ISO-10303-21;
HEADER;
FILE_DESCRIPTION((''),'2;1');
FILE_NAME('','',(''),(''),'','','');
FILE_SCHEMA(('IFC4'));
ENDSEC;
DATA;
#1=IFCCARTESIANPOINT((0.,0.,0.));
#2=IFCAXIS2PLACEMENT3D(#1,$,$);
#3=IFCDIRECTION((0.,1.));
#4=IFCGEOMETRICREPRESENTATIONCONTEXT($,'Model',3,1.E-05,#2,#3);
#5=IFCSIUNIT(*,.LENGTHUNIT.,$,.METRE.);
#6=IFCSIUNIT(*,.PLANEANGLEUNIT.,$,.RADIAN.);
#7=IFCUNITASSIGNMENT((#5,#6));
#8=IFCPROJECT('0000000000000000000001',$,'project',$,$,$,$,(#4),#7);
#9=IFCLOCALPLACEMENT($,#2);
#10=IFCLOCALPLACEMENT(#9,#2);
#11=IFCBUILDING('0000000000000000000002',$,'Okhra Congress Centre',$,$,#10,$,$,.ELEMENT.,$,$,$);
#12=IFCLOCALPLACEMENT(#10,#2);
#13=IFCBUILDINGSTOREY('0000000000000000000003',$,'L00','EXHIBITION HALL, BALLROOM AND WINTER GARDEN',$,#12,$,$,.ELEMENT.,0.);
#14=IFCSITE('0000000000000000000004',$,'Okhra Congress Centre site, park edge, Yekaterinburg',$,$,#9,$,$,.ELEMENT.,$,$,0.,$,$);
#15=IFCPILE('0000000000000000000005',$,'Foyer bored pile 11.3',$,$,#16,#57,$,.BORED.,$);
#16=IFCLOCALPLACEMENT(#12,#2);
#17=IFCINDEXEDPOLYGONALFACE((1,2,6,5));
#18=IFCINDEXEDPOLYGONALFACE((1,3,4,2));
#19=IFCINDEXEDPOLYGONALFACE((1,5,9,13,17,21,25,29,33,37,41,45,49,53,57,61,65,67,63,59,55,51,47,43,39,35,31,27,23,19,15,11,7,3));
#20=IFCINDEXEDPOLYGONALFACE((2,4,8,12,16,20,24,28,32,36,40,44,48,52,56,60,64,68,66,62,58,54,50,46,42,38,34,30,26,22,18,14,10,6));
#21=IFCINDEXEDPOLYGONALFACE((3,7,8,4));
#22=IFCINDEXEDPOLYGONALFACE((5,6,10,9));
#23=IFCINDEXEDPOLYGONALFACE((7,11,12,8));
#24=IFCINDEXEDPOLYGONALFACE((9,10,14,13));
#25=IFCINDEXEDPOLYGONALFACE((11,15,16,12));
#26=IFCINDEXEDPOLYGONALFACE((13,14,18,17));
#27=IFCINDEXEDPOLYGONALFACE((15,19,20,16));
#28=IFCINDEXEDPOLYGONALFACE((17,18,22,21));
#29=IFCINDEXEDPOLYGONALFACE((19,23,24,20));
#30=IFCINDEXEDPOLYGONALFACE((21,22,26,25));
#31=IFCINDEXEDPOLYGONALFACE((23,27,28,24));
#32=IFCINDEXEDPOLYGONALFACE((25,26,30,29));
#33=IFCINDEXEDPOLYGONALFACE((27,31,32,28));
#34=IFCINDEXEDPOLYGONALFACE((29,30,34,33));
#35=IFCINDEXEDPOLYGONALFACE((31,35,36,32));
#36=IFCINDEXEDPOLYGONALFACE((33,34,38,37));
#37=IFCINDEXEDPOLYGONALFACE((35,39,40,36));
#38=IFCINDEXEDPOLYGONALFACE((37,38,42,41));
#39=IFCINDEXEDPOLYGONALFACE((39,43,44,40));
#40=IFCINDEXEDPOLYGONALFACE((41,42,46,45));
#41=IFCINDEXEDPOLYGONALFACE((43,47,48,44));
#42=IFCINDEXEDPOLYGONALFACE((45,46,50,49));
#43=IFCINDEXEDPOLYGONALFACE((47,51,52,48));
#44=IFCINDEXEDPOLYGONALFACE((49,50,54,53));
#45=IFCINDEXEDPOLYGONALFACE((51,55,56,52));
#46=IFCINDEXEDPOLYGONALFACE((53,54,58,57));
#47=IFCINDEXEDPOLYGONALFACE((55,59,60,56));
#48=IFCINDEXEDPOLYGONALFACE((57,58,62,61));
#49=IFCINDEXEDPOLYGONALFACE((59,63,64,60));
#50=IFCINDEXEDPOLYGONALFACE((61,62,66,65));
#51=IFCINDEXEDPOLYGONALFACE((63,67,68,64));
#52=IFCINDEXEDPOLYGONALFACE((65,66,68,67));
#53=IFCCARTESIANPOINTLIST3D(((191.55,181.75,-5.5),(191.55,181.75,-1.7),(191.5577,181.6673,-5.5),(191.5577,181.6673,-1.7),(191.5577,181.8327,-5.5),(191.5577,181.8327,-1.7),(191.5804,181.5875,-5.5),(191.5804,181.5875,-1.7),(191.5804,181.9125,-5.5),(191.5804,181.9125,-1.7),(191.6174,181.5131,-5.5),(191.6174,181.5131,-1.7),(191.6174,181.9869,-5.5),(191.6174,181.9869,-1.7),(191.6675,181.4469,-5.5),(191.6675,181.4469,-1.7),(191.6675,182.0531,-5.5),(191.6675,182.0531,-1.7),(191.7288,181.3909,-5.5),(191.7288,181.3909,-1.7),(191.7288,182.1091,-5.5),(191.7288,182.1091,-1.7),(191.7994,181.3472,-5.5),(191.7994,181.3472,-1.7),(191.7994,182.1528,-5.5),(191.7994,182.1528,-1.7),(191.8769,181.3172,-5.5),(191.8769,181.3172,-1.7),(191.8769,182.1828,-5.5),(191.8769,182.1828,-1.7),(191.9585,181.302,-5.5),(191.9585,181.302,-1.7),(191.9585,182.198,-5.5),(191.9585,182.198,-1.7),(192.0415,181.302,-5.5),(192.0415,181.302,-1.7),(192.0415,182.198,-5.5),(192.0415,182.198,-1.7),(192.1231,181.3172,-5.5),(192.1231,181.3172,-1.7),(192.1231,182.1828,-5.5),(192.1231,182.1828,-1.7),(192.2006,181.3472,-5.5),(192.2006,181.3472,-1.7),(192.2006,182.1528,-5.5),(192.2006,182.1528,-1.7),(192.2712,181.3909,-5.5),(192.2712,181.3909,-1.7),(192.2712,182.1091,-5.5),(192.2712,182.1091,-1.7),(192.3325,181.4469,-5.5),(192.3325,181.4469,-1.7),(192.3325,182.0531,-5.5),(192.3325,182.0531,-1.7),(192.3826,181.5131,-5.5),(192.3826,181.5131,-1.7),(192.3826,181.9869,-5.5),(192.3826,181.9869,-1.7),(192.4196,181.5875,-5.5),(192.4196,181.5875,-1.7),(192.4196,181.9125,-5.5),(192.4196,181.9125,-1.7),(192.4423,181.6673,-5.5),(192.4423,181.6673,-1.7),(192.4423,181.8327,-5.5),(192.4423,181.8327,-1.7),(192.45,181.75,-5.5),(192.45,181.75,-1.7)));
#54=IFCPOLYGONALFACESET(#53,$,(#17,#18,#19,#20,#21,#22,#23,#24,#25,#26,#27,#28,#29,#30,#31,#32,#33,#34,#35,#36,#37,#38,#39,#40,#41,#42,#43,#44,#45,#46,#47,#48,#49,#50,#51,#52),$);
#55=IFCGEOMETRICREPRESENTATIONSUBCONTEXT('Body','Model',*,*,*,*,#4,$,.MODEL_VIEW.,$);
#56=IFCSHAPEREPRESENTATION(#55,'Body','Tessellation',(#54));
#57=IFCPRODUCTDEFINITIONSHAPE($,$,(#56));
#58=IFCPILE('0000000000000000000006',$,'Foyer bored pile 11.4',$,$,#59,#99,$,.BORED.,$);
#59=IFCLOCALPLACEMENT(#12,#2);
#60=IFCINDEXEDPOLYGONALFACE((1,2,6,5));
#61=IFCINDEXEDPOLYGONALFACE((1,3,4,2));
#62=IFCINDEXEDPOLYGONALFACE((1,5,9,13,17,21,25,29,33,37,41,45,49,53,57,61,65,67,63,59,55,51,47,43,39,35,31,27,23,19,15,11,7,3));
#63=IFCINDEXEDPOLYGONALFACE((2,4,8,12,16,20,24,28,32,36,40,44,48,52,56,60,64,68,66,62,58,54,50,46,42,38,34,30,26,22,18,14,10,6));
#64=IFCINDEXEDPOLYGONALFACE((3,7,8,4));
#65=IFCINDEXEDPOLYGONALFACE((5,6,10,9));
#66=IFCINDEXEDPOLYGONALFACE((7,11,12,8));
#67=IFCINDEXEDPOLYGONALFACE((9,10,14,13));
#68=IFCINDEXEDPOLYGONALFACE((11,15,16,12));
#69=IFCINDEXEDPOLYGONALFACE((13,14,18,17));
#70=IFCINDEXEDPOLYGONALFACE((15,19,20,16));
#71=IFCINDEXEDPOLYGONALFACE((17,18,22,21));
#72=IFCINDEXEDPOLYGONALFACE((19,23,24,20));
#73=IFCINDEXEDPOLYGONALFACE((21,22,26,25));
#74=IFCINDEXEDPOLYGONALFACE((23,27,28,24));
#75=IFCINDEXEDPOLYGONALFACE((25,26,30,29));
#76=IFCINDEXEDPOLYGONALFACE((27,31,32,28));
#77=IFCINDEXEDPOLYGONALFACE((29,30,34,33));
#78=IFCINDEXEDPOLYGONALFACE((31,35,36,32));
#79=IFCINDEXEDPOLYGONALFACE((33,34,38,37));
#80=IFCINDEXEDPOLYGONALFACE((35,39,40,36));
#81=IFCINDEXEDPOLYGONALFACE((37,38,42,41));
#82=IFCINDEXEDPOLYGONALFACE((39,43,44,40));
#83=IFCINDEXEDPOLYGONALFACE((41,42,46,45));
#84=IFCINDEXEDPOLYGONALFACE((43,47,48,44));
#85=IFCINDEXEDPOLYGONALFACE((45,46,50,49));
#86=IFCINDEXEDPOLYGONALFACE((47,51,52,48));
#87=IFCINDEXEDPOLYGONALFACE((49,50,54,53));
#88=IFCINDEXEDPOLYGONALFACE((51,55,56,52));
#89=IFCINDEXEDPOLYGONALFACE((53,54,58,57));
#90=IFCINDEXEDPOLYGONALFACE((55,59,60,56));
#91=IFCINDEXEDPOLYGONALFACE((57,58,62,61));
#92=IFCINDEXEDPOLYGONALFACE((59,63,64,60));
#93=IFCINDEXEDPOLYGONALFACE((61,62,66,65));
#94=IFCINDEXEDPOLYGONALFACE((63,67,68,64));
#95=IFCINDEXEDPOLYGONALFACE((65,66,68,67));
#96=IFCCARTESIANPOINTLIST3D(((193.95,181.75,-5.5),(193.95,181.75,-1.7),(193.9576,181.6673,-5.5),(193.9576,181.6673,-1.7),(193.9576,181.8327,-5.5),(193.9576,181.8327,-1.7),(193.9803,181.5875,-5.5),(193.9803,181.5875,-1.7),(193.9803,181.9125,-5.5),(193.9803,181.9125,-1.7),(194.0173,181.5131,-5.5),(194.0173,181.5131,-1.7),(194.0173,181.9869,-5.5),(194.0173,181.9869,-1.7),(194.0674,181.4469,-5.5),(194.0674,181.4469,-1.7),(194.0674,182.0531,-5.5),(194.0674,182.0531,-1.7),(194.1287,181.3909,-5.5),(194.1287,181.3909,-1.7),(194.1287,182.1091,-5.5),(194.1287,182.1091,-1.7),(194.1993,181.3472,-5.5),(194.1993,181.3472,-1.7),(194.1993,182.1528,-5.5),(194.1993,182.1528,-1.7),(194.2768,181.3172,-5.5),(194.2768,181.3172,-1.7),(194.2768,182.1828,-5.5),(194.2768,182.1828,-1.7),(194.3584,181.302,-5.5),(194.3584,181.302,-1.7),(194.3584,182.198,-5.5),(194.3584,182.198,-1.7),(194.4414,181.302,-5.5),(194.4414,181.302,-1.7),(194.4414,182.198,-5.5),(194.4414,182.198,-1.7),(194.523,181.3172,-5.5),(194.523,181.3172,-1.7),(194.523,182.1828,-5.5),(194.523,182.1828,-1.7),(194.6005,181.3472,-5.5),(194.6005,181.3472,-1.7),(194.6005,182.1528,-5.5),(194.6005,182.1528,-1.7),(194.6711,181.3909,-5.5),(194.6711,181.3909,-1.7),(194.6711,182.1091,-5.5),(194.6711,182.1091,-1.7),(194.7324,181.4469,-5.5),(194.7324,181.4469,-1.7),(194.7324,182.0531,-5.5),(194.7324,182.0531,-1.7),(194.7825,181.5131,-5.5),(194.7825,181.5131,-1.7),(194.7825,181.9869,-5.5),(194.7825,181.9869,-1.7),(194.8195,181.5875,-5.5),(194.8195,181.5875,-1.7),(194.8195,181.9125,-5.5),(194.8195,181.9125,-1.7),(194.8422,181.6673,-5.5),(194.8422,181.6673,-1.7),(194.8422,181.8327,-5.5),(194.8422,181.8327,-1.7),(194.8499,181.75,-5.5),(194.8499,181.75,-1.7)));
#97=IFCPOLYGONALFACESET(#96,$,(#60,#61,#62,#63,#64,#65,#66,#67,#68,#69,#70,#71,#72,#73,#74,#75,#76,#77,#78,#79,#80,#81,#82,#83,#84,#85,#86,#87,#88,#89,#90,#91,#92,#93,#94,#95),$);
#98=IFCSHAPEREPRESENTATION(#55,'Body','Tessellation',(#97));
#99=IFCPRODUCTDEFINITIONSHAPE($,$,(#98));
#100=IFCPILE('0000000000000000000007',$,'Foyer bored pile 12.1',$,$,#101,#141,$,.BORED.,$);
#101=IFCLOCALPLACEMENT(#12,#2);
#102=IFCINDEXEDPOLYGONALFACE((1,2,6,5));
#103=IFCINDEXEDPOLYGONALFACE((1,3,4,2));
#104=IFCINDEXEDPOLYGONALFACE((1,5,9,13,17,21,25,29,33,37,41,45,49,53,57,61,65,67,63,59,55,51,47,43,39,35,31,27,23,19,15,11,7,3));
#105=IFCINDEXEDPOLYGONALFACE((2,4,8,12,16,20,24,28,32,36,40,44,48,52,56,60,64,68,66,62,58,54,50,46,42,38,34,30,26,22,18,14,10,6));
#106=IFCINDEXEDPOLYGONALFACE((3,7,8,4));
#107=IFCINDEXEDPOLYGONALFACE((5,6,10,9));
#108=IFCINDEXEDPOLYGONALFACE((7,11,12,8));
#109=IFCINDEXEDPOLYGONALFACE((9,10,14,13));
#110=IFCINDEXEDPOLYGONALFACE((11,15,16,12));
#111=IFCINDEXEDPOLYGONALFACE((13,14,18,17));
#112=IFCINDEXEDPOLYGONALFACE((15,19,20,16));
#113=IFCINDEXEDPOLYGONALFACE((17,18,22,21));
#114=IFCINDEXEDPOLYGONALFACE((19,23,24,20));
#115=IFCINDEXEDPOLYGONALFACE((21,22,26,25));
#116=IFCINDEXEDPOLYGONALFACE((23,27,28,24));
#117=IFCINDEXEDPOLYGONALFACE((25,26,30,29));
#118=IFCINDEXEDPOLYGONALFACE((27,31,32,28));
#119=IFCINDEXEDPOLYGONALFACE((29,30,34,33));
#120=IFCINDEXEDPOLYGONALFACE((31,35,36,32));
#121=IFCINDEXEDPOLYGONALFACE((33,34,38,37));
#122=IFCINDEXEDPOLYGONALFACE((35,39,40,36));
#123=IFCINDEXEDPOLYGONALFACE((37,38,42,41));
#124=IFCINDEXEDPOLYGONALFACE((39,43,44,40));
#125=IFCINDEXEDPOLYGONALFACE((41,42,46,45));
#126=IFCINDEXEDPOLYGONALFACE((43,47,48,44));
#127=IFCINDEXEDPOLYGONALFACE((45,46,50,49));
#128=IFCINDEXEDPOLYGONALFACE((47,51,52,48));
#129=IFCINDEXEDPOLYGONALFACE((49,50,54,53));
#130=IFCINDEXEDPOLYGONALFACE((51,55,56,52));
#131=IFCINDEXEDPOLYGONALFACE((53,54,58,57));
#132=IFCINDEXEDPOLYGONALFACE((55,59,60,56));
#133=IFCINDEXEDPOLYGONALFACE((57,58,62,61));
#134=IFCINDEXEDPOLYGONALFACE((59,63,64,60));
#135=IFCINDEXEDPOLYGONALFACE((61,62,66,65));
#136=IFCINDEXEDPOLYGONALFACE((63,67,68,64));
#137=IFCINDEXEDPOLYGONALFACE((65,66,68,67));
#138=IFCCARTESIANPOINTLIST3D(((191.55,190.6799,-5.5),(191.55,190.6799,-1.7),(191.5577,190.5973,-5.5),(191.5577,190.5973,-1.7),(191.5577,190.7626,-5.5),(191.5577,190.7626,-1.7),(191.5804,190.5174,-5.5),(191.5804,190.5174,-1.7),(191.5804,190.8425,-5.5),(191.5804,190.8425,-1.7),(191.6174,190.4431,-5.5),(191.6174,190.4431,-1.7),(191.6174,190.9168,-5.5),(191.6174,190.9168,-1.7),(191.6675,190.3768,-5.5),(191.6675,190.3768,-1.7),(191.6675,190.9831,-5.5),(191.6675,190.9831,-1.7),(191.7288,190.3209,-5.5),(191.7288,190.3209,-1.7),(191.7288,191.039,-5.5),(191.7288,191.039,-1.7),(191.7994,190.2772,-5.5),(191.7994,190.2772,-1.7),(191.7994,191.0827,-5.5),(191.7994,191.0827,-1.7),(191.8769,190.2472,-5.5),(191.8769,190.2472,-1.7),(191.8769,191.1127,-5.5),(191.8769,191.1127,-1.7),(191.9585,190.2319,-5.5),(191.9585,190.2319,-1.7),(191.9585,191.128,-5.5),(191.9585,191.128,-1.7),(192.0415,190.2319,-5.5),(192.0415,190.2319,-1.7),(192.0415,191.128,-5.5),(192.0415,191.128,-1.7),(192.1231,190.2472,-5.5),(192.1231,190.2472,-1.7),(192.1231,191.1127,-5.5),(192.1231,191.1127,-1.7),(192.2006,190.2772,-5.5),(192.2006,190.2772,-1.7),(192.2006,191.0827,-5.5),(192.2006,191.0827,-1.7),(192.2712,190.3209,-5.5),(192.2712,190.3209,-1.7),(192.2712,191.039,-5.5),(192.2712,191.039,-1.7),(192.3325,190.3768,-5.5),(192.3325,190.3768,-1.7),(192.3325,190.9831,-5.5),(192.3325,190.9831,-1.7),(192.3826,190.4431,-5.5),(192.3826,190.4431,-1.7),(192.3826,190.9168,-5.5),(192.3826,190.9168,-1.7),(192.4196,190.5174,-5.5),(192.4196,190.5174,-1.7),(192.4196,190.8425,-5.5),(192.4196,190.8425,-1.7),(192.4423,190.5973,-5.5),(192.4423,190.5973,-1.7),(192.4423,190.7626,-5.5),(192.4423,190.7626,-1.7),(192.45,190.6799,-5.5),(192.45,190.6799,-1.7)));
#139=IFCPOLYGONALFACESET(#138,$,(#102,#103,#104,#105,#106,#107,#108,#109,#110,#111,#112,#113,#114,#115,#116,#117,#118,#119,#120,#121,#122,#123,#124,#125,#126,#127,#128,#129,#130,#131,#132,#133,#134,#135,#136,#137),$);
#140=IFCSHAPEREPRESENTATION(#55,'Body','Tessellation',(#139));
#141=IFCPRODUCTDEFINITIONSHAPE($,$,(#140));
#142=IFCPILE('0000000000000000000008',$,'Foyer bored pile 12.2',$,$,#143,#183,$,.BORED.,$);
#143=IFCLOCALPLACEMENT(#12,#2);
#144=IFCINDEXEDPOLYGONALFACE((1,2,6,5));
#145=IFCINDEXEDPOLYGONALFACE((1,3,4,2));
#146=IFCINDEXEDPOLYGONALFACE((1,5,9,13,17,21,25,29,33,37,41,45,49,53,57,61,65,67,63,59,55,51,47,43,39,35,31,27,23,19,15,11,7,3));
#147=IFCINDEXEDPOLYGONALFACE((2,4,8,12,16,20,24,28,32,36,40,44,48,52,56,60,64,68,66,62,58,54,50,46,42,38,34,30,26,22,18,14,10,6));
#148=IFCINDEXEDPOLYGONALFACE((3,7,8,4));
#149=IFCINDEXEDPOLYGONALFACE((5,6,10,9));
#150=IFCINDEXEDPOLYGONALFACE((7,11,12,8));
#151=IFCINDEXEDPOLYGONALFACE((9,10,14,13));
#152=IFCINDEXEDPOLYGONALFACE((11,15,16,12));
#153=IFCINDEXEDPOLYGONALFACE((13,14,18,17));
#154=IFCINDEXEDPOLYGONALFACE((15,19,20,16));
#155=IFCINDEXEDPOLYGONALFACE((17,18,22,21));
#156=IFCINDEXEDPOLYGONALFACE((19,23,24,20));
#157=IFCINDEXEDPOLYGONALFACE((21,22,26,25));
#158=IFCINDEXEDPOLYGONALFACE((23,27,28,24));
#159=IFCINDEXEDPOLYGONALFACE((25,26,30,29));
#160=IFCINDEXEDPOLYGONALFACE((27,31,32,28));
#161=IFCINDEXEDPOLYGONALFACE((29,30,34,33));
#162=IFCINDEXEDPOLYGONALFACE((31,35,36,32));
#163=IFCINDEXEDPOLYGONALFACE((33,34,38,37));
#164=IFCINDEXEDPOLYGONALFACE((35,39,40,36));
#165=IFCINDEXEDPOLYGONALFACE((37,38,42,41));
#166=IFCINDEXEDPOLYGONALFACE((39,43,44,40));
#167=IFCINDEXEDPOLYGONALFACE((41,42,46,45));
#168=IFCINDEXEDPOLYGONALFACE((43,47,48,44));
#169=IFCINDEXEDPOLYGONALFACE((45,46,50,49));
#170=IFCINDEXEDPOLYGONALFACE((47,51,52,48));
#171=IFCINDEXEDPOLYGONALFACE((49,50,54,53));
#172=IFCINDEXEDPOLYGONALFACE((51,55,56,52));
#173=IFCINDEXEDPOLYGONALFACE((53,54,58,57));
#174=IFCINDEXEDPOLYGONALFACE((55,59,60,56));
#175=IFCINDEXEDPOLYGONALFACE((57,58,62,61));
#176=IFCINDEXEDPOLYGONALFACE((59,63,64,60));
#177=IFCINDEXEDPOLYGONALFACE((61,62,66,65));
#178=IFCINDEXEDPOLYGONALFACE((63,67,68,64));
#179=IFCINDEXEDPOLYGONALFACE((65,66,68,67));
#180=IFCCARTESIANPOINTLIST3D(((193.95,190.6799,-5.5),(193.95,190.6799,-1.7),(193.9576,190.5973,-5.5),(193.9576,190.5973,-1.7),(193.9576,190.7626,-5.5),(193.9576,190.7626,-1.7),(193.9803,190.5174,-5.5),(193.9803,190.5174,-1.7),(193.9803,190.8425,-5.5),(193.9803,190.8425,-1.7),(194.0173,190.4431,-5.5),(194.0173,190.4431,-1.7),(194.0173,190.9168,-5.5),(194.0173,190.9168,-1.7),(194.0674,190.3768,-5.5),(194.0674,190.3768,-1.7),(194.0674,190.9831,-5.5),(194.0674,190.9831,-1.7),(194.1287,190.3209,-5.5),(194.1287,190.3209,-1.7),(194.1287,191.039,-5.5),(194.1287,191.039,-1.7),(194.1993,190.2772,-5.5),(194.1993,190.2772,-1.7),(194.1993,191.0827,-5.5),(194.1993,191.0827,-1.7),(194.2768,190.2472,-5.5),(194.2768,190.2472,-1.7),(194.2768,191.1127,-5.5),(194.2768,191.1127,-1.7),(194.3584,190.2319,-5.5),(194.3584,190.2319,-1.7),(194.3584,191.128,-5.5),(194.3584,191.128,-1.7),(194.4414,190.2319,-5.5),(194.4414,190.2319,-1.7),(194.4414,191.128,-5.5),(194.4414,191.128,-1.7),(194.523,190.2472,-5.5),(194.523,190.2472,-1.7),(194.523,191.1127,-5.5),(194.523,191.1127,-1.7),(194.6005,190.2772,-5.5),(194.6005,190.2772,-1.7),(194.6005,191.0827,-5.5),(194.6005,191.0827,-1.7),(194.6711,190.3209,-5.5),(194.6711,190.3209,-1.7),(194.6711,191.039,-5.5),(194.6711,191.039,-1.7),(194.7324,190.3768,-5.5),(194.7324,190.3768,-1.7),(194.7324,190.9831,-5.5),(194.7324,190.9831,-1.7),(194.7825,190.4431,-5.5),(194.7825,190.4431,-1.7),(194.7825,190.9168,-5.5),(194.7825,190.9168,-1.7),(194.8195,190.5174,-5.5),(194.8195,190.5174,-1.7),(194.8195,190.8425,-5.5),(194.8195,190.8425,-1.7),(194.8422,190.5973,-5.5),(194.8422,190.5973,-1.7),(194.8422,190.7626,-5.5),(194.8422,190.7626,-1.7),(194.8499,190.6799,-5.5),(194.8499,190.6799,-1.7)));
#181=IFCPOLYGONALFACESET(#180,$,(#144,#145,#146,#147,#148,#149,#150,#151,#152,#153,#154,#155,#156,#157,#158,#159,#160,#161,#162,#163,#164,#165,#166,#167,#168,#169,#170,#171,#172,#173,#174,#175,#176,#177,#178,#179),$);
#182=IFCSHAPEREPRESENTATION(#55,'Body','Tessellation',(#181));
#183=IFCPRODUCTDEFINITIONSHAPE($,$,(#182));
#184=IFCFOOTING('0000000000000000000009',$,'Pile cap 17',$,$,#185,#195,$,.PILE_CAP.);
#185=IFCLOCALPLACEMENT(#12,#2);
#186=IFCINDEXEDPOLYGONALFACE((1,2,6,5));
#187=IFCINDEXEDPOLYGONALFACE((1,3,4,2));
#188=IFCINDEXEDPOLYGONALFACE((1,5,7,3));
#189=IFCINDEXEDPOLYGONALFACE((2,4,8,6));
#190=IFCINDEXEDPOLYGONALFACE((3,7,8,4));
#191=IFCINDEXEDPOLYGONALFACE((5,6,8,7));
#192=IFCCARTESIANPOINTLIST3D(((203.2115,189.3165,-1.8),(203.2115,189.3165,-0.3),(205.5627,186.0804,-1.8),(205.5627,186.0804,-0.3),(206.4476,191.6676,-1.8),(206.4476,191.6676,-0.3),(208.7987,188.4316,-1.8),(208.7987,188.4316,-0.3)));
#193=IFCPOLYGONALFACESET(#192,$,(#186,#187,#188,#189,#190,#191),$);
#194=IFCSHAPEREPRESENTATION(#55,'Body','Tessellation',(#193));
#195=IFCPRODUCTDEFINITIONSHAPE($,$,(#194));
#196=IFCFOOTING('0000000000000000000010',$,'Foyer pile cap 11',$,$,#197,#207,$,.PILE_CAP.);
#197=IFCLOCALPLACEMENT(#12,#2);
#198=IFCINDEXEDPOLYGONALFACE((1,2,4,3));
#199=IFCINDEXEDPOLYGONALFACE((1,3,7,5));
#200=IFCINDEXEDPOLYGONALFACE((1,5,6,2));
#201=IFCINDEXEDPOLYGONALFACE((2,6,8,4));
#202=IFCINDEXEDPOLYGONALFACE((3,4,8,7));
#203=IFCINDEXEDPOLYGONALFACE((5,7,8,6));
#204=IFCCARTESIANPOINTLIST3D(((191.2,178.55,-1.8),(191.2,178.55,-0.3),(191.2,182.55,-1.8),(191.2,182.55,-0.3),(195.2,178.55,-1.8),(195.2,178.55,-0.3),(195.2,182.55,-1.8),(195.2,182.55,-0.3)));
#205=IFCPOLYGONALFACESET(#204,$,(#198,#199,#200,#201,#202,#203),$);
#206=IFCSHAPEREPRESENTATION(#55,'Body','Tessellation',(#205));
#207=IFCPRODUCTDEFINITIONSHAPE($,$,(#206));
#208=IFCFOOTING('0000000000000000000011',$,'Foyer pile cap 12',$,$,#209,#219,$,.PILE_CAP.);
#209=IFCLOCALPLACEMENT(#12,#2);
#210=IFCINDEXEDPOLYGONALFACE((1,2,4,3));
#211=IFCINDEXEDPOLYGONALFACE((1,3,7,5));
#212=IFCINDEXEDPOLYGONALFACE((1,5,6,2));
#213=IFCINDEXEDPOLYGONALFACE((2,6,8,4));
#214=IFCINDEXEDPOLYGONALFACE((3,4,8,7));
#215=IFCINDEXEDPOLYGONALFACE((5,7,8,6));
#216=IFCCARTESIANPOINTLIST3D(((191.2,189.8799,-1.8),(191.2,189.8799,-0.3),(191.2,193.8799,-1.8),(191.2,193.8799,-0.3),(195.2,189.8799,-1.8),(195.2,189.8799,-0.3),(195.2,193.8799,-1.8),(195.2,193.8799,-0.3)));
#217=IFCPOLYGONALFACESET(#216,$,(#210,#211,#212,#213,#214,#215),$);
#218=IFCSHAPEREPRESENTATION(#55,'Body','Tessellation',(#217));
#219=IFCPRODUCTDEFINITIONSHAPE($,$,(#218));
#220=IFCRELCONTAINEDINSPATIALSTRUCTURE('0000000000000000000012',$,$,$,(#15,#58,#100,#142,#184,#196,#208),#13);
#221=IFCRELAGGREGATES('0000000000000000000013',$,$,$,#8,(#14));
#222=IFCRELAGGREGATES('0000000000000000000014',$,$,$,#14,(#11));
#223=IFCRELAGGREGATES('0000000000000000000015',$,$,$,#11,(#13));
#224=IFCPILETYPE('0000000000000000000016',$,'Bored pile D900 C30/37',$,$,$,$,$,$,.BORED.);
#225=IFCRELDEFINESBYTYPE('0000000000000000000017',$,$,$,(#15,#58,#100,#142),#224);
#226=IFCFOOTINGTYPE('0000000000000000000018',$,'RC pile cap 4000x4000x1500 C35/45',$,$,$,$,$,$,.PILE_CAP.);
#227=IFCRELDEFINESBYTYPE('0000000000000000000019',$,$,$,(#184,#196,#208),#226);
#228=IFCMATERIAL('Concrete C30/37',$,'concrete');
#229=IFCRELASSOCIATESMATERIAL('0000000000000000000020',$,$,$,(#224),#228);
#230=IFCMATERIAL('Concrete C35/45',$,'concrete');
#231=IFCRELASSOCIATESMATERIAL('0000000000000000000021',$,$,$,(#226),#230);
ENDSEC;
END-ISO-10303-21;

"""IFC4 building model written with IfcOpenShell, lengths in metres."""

from ifc_helpers import new_model, si_unit, direction, frame, origin, origin_2d, place, context, subcontext, project, spatial, rectangle, circle, extrude, material, material_profile, profile_set, type_object, element, save


model = new_model("IFC4")

# Units and contexts
model_context = context("Model", 3, precision=1e-05, world=origin(), true_north=direction((0.0, 1.0)))
body_context = subcontext(model_context, "Body", "Model", "MODEL_VIEW")
ifc_project = project(units=[si_unit("LENGTHUNIT", "METRE"), si_unit("PLANEANGLEUNIT", "RADIAN")], contexts=[model_context])

# Site, building, storey
site_placement = place(None, origin())
site = spatial("IfcSite", under=ifc_project, at=site_placement, Name="Okhra Congress Centre site, park edge, Yekaterinburg", CompositionType="ELEMENT", RefElevation=0.0)
building_placement = place(site_placement, origin())
building = spatial("IfcBuilding", under=site, at=building_placement, Name="Okhra Congress Centre", CompositionType="ELEMENT")
storey_placement = place(building_placement, origin())
storey = spatial("IfcBuildingStorey", under=building, at=storey_placement, Name="L00", Description="EXHIBITION HALL, BALLROOM AND WINTER GARDEN", CompositionType="ELEMENT", Elevation=0.0)

# Piles
ifc_material_1 = material(Name="Concrete C30/37", Category="concrete")
ifc_material_profile_1 = material_profile(ifc_material_1, circle(Radius=0.45, at=origin_2d()), Name="D900")
ifc_profile_set_1 = profile_set([ifc_material_profile_1], Name="Concrete C30/37")
pile_type = type_object("IfcPileType", Name="Bored pile D900 C30/37", PredefinedType="BORED", material=ifc_profile_set_1)
for number, where, z_axis, x_axis, name in (
    (1, (192.0, 181.75, -1.7), (0.0, 0.0, -1.0), (1.0, 0.0, 0.0), "Foyer bored pile 11.3"),
    (2, (194.3999, 181.75, -1.7), (0.0, 0.0, -1.0), (1.0, 0.0, 0.0), "Foyer bored pile 11.4"),
    (3, (192.0, 190.6799, -1.7), (0.0, 0.0, -1.0), (1.0, 0.0, 0.0), "Foyer bored pile 12.1"),
    (4, (194.3999, 190.6799, -1.7), (0.0, 0.0, -1.0), (1.0, 0.0, 0.0), "Foyer bored pile 12.2"),
):
    element("IfcPile", number, at=place(storey_placement, frame(where, z_axis=z_axis, x_axis=x_axis)), inside=storey, type_object=pile_type, Name=name, PredefinedType="BORED", context=body_context, shape_type="SweptSolid", body=[
        extrude(circle(Radius=0.45, at=origin_2d()), origin(), (0.0, 0.0, 1.0), 3.8),
    ])

# Footings
ifc_material_2 = material(Name="Concrete C35/45", Category="concrete")
footing_type = type_object("IfcFootingType", Name="RC pile cap 4000x4000x1500 C35/45", PredefinedType="PILE_CAP", material=ifc_material_2)
for number, where, z_axis, x_axis, name in (
    (5, (206.0051, 188.874, -1.8), (0.0, 0.0, 1.0), (0.809017, 0.587785, 0.0), "Pile cap 17"),
    (6, (193.2, 180.55, -1.8), (0.0, 0.0, 1.0), (1.0, 0.0, 0.0), "Foyer pile cap 11"),
    (7, (193.2, 191.8799, -1.8), (0.0, 0.0, 1.0), (1.0, 0.0, 0.0), "Foyer pile cap 12"),
):
    element("IfcFooting", number, at=place(storey_placement, frame(where, z_axis=z_axis, x_axis=x_axis)), inside=storey, type_object=footing_type, Name=name, PredefinedType="PILE_CAP", context=body_context, shape_type="SweptSolid", body=[
        extrude(rectangle(XDim=4.0, YDim=4.0, at=origin_2d()), origin(), (0.0, 0.0, 1.0), 1.5),
    ])

save(model, "model.ifc")
